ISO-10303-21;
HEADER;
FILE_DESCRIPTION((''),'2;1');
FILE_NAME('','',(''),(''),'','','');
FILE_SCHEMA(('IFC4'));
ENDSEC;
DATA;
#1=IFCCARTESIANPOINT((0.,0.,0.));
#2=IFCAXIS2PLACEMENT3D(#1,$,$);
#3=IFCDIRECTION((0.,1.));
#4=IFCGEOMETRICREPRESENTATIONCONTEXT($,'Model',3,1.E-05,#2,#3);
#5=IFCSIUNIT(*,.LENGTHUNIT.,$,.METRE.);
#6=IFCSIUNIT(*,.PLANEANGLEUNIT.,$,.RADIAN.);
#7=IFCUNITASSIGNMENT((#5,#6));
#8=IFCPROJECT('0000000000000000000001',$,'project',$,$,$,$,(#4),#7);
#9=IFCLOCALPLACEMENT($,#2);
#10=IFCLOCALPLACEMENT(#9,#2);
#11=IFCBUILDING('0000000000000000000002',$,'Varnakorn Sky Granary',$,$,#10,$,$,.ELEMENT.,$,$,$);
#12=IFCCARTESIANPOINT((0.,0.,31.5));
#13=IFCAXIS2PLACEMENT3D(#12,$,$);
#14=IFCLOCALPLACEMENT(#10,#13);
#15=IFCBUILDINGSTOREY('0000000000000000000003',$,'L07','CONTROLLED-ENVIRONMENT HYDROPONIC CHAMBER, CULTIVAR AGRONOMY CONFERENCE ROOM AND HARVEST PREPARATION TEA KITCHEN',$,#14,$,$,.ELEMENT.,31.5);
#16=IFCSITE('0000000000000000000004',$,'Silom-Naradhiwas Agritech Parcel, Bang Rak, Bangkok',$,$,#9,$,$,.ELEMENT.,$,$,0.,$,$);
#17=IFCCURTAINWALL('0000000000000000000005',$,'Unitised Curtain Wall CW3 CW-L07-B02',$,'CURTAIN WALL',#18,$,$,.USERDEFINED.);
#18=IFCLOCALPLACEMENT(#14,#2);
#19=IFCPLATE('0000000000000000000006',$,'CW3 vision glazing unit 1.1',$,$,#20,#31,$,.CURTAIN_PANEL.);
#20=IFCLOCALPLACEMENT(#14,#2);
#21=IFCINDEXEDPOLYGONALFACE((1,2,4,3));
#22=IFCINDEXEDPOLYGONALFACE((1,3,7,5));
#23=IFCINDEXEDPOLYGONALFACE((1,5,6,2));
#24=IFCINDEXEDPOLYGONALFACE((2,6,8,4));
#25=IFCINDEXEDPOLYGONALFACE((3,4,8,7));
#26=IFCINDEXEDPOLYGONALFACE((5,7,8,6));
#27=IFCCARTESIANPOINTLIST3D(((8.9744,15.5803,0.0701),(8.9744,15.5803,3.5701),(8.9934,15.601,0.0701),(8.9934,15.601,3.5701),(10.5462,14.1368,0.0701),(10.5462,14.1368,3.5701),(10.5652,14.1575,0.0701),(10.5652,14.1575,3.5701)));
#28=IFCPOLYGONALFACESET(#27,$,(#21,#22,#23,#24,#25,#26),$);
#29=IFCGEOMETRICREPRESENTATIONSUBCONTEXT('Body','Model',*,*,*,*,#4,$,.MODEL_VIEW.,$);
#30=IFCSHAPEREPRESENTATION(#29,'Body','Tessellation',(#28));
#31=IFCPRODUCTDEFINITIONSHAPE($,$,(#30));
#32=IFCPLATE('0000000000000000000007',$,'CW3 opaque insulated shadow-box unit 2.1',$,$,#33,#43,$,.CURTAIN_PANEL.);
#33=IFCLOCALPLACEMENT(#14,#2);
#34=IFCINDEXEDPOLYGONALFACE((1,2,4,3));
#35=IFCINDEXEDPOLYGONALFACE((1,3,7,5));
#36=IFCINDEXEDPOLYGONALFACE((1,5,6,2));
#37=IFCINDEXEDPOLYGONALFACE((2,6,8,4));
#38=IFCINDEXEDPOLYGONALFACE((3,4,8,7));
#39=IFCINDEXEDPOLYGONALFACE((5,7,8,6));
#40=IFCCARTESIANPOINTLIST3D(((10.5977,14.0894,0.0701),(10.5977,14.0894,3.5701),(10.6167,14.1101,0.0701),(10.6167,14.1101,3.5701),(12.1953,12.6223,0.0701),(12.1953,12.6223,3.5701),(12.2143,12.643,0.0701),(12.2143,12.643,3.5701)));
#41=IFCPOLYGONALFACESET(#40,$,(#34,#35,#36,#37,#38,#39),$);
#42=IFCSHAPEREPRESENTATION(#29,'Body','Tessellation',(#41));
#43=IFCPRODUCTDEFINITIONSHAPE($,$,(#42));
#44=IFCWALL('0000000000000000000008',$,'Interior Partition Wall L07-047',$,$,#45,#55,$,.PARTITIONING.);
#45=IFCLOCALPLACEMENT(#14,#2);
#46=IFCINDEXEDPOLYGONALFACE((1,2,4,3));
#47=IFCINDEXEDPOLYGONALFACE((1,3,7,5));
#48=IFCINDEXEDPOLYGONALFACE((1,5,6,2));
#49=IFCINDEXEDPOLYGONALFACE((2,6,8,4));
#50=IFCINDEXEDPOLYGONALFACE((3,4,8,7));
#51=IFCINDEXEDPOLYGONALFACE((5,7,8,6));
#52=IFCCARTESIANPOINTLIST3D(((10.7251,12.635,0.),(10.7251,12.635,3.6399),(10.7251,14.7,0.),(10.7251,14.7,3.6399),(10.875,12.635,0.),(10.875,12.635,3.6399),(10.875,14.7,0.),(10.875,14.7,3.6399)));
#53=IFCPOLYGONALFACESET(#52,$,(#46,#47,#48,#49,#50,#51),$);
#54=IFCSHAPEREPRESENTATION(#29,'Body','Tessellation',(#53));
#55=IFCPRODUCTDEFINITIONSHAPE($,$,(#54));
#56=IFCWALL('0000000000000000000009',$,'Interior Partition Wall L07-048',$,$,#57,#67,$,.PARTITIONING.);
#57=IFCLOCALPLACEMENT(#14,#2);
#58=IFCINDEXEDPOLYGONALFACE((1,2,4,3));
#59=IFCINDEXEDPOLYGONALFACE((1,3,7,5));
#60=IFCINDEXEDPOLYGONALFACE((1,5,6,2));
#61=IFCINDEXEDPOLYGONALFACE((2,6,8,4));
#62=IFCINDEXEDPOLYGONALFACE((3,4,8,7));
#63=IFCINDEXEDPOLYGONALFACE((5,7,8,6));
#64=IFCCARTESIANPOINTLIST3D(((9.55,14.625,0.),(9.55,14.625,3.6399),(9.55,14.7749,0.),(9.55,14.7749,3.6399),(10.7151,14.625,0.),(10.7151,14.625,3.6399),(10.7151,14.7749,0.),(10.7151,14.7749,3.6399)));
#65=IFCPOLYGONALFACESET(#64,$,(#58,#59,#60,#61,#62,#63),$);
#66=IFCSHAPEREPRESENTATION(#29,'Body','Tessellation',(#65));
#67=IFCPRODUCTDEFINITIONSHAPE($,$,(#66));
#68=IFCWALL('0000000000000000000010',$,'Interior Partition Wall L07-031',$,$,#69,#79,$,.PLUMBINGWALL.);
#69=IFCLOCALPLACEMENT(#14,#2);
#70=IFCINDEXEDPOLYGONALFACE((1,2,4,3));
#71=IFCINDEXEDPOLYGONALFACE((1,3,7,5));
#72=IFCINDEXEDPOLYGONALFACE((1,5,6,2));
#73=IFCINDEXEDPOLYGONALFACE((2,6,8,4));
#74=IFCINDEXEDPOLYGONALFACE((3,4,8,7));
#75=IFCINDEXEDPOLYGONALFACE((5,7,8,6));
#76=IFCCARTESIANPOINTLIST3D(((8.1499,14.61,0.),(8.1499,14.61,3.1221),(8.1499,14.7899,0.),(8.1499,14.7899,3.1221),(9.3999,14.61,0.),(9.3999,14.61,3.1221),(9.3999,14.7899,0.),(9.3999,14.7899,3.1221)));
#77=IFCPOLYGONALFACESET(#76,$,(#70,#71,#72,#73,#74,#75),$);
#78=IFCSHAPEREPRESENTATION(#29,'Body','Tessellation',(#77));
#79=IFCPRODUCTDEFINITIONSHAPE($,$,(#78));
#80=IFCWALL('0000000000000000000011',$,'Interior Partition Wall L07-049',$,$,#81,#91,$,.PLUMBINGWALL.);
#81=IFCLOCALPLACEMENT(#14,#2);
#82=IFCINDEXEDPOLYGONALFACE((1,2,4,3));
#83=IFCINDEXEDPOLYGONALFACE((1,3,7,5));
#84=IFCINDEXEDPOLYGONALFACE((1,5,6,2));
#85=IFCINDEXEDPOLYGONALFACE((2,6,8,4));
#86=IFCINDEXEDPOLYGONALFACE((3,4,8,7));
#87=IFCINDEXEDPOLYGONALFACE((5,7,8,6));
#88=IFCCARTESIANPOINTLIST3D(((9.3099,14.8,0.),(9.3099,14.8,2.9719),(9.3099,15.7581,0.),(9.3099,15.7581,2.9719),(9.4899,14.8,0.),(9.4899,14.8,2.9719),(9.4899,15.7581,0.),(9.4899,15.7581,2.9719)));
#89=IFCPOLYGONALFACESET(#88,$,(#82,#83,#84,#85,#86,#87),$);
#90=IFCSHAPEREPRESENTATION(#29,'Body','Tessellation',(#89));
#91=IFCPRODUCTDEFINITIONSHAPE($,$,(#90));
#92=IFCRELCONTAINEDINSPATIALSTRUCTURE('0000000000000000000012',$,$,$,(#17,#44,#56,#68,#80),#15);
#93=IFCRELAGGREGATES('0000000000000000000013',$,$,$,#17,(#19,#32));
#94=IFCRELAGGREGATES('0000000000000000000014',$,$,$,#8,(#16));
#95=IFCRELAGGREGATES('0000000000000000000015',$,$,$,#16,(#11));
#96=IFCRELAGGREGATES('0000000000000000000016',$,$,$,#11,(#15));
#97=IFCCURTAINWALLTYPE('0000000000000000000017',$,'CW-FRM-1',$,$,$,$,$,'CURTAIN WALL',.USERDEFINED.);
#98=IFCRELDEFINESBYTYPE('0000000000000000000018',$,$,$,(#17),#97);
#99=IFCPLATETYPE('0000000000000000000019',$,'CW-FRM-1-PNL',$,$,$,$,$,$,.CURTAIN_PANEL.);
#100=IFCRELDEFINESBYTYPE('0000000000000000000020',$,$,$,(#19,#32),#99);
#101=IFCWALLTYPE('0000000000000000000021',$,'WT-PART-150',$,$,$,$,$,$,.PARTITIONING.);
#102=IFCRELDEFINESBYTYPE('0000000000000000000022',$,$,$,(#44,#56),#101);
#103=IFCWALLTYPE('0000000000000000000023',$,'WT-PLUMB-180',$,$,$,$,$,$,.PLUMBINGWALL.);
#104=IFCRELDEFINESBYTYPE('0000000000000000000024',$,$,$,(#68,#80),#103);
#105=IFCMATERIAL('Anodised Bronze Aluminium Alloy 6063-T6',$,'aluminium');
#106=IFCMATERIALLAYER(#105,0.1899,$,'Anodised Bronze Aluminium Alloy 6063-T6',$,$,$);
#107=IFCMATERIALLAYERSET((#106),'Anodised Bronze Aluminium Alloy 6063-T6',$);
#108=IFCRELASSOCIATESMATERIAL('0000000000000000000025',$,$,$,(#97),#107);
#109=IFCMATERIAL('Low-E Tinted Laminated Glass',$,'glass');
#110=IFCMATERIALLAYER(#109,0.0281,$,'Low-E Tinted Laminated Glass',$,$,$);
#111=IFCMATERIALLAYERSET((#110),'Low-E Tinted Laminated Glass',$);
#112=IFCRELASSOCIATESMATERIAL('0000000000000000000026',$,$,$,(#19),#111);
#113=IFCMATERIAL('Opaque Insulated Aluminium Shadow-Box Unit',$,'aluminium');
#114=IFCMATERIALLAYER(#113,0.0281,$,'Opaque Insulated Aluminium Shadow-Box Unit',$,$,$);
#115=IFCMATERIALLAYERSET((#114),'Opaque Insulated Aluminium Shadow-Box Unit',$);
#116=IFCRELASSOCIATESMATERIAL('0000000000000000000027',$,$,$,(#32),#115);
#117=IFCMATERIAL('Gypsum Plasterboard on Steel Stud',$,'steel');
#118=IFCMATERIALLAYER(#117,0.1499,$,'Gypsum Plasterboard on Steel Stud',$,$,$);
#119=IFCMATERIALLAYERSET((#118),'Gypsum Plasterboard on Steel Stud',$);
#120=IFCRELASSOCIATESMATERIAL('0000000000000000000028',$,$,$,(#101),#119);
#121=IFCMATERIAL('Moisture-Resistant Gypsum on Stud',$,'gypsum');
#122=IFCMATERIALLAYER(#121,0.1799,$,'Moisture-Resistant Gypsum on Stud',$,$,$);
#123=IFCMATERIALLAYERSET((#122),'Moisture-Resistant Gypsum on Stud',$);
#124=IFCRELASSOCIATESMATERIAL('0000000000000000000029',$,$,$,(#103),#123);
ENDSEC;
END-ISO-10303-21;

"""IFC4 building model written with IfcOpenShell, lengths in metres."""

from ifc_helpers import new_model, si_unit, direction, frame, frame_2d, origin, origin_2d, place, context, subcontext, project, spatial, rectangle, extrude, source, transform, mapped, material, layer, layer_set, type_object, type_shapes, element, aggregate, save


model = new_model("IFC4")

# Units and contexts
model_context = context("Model", 3, precision=1e-05, world=origin(), true_north=direction((0.0, 1.0)))
body_context = subcontext(model_context, "Body", "Model", "MODEL_VIEW")
ifc_project = project(units=[si_unit("LENGTHUNIT", "METRE"), si_unit("PLANEANGLEUNIT", "RADIAN")], contexts=[model_context])

# Site, building, storey
site_placement = place(None, origin())
site = spatial("IfcSite", under=ifc_project, at=site_placement, Name="Silom-Naradhiwas Agritech Parcel, Bang Rak, Bangkok", CompositionType="ELEMENT", RefElevation=0.0)
building_placement = place(site_placement, origin())
building = spatial("IfcBuilding", under=site, at=building_placement, Name="Varnakorn Sky Granary", CompositionType="ELEMENT")
storey_placement = place(building_placement, frame((0.0, 0.0, 31.5)))
storey = spatial("IfcBuildingStorey", under=building, at=storey_placement, Name="L07", Description="CONTROLLED-ENVIRONMENT HYDROPONIC CHAMBER, CULTIVAR AGRONOMY CONFERENCE ROOM AND HARVEST PREPARATION TEA KITCHEN", CompositionType="ELEMENT", Elevation=31.5)

# Curtain wall
ifc_material_1 = material(Name="Anodised Bronze Aluminium Alloy 6063-T6", Category="aluminium")
ifc_layer_1 = layer(ifc_material_1, 0.1899, Name="Anodised Bronze Aluminium Alloy 6063-T6")
ifc_layer_set_1 = layer_set([ifc_layer_1], Name="Anodised Bronze Aluminium Alloy 6063-T6")
curtain_wall_type = type_object("IfcCurtainWallType", Name="CW-FRM-1", ElementType="CURTAIN WALL", PredefinedType="USERDEFINED", material=ifc_layer_set_1)
curtain_wall_placement = place(storey_placement, origin())
curtain_wall = element("IfcCurtainWall", 1, at=curtain_wall_placement, inside=storey, type_object=curtain_wall_type, Name="Unitised Curtain Wall CW3 CW-L07-B02", ObjectType="CURTAIN WALL", PredefinedType="USERDEFINED")

# Plates
ifc_material_2 = material(Name="Low-E Tinted Laminated Glass", Category="glass")
ifc_layer_2 = layer(ifc_material_2, 0.0281, Name="Low-E Tinted Laminated Glass")
ifc_layer_set_2 = layer_set([ifc_layer_2], Name="Low-E Tinted Laminated Glass")
plate_type = type_object("IfcPlateType", Name="CW-FRM-1-PNL", PredefinedType="CURTAIN_PANEL")
shared_shape_1 = source(origin(), body_context, "Body", "SweptSolid", [
    extrude(rectangle(XDim=2.134, YDim=0.0281, at=origin_2d()), origin(), (0.0, 0.0, 1.0), 3.5),
])
plate_1_placement = place(storey_placement, frame((9.7698, 14.8689, 0.0701), z_axis=(0.0, 0.0, 1.0), x_axis=(0.736547, -0.676387, 0.0)))
plate_1 = element("IfcPlate", 2, at=plate_1_placement, type_object=plate_type, material=ifc_layer_set_2, Name="CW3 vision glazing unit 1.1", PredefinedType="CURTAIN_PANEL", context=body_context, shape_type="MappedRepresentation", body=[
    mapped(shared_shape_1, transform((0.0, 0.0, 0.0), x_axis=(1.0, 0.0, 0.0), y_axis=(0.0, 1.0, 0.0), z_axis=(0.0, 0.0, 1.0), scale=1.0)),
])
ifc_material_3 = material(Name="Opaque Insulated Aluminium Shadow-Box Unit", Category="aluminium")
ifc_layer_3 = layer(ifc_material_3, 0.0281, Name="Opaque Insulated Aluminium Shadow-Box Unit")
ifc_layer_set_3 = layer_set([ifc_layer_3], Name="Opaque Insulated Aluminium Shadow-Box Unit")
shared_shape_2 = source(origin(), body_context, "Body", "SweptSolid", [
    extrude(rectangle(XDim=2.1689, YDim=0.0281, at=origin_2d()), origin(), (0.0, 0.0, 1.0), 3.5),
])
type_shapes(plate_type, [shared_shape_1, shared_shape_2])
plate_2_placement = place(storey_placement, frame((11.406, 13.3662, 0.0701), z_axis=(0.0, 0.0, 1.0), x_axis=(0.736547, -0.676387, 0.0)))
plate_2 = element("IfcPlate", 3, at=plate_2_placement, type_object=plate_type, material=ifc_layer_set_3, Name="CW3 opaque insulated shadow-box unit 2.1", PredefinedType="CURTAIN_PANEL", context=body_context, shape_type="MappedRepresentation", body=[
    mapped(shared_shape_2, transform((0.0, 0.0, 0.0), x_axis=(1.0, 0.0, 0.0), y_axis=(0.0, 1.0, 0.0), z_axis=(0.0, 0.0, 1.0), scale=1.0)),
])
aggregate(curtain_wall, [plate_1, plate_2])

# Walls
ifc_material_4 = material(Name="Gypsum Plasterboard on Steel Stud", Category="steel")
ifc_layer_4 = layer(ifc_material_4, 0.1499, Name="Gypsum Plasterboard on Steel Stud")
ifc_layer_set_4 = layer_set([ifc_layer_4], Name="Gypsum Plasterboard on Steel Stud")
wall_type_1 = type_object("IfcWallType", Name="WT-PART-150", PredefinedType="PARTITIONING", material=ifc_layer_set_4)
wall_1_placement = place(storey_placement, frame((10.8, 12.635, 0.0), z_axis=(0.0, 0.0, 1.0), x_axis=(0.0, 1.0, 0.0)))
element("IfcWall", 4, at=wall_1_placement, inside=storey, type_object=wall_type_1, Name="Interior Partition Wall L07-047", PredefinedType="PARTITIONING", context=body_context, shape_type="SweptSolid", body=[
    extrude(rectangle(XDim=2.0649, YDim=0.1499, at=frame_2d((1.0325, 0.0))), origin(), (0.0, 0.0, 1.0), 3.6399),
])
wall_2_placement = place(storey_placement, frame((10.7151, 14.7, 0.0), z_axis=(0.0, 0.0, 1.0), x_axis=(-1.0, 0.0, 0.0)))
element("IfcWall", 5, at=wall_2_placement, inside=storey, type_object=wall_type_1, Name="Interior Partition Wall L07-048", PredefinedType="PARTITIONING", context=body_context, shape_type="SweptSolid", body=[
    extrude(rectangle(XDim=1.165, YDim=0.1499, at=frame_2d((0.5825, 0.0))), origin(), (0.0, 0.0, 1.0), 3.6399),
])
ifc_material_5 = material(Name="Moisture-Resistant Gypsum on Stud", Category="gypsum")
ifc_layer_5 = layer(ifc_material_5, 0.1799, Name="Moisture-Resistant Gypsum on Stud")
ifc_layer_set_5 = layer_set([ifc_layer_5], Name="Moisture-Resistant Gypsum on Stud")
wall_type_2 = type_object("IfcWallType", Name="WT-PLUMB-180", PredefinedType="PLUMBINGWALL", material=ifc_layer_set_5)
wall_3_placement = place(storey_placement, frame((9.3999, 14.7, 0.0), z_axis=(0.0, 0.0, 1.0), x_axis=(-1.0, 0.0, 0.0)))
element("IfcWall", 6, at=wall_3_placement, inside=storey, type_object=wall_type_2, Name="Interior Partition Wall L07-031", PredefinedType="PLUMBINGWALL", context=body_context, shape_type="SweptSolid", body=[
    extrude(rectangle(XDim=1.25, YDim=0.1799, at=frame_2d((0.625, 0.0))), origin(), (0.0, 0.0, 1.0), 3.1221),
])
wall_4_placement = place(storey_placement, frame((9.3999, 14.8, 0.0), z_axis=(0.0, 0.0, 1.0), x_axis=(0.0, 1.0, 0.0)))
element("IfcWall", 7, at=wall_4_placement, inside=storey, type_object=wall_type_2, Name="Interior Partition Wall L07-049", PredefinedType="PLUMBINGWALL", context=body_context, shape_type="SweptSolid", body=[
    extrude(rectangle(XDim=0.958, YDim=0.1799, at=frame_2d((0.479, 0.0))), origin(), (0.0, 0.0, 1.0), 2.9719),
])

save(model, "model.ifc")
